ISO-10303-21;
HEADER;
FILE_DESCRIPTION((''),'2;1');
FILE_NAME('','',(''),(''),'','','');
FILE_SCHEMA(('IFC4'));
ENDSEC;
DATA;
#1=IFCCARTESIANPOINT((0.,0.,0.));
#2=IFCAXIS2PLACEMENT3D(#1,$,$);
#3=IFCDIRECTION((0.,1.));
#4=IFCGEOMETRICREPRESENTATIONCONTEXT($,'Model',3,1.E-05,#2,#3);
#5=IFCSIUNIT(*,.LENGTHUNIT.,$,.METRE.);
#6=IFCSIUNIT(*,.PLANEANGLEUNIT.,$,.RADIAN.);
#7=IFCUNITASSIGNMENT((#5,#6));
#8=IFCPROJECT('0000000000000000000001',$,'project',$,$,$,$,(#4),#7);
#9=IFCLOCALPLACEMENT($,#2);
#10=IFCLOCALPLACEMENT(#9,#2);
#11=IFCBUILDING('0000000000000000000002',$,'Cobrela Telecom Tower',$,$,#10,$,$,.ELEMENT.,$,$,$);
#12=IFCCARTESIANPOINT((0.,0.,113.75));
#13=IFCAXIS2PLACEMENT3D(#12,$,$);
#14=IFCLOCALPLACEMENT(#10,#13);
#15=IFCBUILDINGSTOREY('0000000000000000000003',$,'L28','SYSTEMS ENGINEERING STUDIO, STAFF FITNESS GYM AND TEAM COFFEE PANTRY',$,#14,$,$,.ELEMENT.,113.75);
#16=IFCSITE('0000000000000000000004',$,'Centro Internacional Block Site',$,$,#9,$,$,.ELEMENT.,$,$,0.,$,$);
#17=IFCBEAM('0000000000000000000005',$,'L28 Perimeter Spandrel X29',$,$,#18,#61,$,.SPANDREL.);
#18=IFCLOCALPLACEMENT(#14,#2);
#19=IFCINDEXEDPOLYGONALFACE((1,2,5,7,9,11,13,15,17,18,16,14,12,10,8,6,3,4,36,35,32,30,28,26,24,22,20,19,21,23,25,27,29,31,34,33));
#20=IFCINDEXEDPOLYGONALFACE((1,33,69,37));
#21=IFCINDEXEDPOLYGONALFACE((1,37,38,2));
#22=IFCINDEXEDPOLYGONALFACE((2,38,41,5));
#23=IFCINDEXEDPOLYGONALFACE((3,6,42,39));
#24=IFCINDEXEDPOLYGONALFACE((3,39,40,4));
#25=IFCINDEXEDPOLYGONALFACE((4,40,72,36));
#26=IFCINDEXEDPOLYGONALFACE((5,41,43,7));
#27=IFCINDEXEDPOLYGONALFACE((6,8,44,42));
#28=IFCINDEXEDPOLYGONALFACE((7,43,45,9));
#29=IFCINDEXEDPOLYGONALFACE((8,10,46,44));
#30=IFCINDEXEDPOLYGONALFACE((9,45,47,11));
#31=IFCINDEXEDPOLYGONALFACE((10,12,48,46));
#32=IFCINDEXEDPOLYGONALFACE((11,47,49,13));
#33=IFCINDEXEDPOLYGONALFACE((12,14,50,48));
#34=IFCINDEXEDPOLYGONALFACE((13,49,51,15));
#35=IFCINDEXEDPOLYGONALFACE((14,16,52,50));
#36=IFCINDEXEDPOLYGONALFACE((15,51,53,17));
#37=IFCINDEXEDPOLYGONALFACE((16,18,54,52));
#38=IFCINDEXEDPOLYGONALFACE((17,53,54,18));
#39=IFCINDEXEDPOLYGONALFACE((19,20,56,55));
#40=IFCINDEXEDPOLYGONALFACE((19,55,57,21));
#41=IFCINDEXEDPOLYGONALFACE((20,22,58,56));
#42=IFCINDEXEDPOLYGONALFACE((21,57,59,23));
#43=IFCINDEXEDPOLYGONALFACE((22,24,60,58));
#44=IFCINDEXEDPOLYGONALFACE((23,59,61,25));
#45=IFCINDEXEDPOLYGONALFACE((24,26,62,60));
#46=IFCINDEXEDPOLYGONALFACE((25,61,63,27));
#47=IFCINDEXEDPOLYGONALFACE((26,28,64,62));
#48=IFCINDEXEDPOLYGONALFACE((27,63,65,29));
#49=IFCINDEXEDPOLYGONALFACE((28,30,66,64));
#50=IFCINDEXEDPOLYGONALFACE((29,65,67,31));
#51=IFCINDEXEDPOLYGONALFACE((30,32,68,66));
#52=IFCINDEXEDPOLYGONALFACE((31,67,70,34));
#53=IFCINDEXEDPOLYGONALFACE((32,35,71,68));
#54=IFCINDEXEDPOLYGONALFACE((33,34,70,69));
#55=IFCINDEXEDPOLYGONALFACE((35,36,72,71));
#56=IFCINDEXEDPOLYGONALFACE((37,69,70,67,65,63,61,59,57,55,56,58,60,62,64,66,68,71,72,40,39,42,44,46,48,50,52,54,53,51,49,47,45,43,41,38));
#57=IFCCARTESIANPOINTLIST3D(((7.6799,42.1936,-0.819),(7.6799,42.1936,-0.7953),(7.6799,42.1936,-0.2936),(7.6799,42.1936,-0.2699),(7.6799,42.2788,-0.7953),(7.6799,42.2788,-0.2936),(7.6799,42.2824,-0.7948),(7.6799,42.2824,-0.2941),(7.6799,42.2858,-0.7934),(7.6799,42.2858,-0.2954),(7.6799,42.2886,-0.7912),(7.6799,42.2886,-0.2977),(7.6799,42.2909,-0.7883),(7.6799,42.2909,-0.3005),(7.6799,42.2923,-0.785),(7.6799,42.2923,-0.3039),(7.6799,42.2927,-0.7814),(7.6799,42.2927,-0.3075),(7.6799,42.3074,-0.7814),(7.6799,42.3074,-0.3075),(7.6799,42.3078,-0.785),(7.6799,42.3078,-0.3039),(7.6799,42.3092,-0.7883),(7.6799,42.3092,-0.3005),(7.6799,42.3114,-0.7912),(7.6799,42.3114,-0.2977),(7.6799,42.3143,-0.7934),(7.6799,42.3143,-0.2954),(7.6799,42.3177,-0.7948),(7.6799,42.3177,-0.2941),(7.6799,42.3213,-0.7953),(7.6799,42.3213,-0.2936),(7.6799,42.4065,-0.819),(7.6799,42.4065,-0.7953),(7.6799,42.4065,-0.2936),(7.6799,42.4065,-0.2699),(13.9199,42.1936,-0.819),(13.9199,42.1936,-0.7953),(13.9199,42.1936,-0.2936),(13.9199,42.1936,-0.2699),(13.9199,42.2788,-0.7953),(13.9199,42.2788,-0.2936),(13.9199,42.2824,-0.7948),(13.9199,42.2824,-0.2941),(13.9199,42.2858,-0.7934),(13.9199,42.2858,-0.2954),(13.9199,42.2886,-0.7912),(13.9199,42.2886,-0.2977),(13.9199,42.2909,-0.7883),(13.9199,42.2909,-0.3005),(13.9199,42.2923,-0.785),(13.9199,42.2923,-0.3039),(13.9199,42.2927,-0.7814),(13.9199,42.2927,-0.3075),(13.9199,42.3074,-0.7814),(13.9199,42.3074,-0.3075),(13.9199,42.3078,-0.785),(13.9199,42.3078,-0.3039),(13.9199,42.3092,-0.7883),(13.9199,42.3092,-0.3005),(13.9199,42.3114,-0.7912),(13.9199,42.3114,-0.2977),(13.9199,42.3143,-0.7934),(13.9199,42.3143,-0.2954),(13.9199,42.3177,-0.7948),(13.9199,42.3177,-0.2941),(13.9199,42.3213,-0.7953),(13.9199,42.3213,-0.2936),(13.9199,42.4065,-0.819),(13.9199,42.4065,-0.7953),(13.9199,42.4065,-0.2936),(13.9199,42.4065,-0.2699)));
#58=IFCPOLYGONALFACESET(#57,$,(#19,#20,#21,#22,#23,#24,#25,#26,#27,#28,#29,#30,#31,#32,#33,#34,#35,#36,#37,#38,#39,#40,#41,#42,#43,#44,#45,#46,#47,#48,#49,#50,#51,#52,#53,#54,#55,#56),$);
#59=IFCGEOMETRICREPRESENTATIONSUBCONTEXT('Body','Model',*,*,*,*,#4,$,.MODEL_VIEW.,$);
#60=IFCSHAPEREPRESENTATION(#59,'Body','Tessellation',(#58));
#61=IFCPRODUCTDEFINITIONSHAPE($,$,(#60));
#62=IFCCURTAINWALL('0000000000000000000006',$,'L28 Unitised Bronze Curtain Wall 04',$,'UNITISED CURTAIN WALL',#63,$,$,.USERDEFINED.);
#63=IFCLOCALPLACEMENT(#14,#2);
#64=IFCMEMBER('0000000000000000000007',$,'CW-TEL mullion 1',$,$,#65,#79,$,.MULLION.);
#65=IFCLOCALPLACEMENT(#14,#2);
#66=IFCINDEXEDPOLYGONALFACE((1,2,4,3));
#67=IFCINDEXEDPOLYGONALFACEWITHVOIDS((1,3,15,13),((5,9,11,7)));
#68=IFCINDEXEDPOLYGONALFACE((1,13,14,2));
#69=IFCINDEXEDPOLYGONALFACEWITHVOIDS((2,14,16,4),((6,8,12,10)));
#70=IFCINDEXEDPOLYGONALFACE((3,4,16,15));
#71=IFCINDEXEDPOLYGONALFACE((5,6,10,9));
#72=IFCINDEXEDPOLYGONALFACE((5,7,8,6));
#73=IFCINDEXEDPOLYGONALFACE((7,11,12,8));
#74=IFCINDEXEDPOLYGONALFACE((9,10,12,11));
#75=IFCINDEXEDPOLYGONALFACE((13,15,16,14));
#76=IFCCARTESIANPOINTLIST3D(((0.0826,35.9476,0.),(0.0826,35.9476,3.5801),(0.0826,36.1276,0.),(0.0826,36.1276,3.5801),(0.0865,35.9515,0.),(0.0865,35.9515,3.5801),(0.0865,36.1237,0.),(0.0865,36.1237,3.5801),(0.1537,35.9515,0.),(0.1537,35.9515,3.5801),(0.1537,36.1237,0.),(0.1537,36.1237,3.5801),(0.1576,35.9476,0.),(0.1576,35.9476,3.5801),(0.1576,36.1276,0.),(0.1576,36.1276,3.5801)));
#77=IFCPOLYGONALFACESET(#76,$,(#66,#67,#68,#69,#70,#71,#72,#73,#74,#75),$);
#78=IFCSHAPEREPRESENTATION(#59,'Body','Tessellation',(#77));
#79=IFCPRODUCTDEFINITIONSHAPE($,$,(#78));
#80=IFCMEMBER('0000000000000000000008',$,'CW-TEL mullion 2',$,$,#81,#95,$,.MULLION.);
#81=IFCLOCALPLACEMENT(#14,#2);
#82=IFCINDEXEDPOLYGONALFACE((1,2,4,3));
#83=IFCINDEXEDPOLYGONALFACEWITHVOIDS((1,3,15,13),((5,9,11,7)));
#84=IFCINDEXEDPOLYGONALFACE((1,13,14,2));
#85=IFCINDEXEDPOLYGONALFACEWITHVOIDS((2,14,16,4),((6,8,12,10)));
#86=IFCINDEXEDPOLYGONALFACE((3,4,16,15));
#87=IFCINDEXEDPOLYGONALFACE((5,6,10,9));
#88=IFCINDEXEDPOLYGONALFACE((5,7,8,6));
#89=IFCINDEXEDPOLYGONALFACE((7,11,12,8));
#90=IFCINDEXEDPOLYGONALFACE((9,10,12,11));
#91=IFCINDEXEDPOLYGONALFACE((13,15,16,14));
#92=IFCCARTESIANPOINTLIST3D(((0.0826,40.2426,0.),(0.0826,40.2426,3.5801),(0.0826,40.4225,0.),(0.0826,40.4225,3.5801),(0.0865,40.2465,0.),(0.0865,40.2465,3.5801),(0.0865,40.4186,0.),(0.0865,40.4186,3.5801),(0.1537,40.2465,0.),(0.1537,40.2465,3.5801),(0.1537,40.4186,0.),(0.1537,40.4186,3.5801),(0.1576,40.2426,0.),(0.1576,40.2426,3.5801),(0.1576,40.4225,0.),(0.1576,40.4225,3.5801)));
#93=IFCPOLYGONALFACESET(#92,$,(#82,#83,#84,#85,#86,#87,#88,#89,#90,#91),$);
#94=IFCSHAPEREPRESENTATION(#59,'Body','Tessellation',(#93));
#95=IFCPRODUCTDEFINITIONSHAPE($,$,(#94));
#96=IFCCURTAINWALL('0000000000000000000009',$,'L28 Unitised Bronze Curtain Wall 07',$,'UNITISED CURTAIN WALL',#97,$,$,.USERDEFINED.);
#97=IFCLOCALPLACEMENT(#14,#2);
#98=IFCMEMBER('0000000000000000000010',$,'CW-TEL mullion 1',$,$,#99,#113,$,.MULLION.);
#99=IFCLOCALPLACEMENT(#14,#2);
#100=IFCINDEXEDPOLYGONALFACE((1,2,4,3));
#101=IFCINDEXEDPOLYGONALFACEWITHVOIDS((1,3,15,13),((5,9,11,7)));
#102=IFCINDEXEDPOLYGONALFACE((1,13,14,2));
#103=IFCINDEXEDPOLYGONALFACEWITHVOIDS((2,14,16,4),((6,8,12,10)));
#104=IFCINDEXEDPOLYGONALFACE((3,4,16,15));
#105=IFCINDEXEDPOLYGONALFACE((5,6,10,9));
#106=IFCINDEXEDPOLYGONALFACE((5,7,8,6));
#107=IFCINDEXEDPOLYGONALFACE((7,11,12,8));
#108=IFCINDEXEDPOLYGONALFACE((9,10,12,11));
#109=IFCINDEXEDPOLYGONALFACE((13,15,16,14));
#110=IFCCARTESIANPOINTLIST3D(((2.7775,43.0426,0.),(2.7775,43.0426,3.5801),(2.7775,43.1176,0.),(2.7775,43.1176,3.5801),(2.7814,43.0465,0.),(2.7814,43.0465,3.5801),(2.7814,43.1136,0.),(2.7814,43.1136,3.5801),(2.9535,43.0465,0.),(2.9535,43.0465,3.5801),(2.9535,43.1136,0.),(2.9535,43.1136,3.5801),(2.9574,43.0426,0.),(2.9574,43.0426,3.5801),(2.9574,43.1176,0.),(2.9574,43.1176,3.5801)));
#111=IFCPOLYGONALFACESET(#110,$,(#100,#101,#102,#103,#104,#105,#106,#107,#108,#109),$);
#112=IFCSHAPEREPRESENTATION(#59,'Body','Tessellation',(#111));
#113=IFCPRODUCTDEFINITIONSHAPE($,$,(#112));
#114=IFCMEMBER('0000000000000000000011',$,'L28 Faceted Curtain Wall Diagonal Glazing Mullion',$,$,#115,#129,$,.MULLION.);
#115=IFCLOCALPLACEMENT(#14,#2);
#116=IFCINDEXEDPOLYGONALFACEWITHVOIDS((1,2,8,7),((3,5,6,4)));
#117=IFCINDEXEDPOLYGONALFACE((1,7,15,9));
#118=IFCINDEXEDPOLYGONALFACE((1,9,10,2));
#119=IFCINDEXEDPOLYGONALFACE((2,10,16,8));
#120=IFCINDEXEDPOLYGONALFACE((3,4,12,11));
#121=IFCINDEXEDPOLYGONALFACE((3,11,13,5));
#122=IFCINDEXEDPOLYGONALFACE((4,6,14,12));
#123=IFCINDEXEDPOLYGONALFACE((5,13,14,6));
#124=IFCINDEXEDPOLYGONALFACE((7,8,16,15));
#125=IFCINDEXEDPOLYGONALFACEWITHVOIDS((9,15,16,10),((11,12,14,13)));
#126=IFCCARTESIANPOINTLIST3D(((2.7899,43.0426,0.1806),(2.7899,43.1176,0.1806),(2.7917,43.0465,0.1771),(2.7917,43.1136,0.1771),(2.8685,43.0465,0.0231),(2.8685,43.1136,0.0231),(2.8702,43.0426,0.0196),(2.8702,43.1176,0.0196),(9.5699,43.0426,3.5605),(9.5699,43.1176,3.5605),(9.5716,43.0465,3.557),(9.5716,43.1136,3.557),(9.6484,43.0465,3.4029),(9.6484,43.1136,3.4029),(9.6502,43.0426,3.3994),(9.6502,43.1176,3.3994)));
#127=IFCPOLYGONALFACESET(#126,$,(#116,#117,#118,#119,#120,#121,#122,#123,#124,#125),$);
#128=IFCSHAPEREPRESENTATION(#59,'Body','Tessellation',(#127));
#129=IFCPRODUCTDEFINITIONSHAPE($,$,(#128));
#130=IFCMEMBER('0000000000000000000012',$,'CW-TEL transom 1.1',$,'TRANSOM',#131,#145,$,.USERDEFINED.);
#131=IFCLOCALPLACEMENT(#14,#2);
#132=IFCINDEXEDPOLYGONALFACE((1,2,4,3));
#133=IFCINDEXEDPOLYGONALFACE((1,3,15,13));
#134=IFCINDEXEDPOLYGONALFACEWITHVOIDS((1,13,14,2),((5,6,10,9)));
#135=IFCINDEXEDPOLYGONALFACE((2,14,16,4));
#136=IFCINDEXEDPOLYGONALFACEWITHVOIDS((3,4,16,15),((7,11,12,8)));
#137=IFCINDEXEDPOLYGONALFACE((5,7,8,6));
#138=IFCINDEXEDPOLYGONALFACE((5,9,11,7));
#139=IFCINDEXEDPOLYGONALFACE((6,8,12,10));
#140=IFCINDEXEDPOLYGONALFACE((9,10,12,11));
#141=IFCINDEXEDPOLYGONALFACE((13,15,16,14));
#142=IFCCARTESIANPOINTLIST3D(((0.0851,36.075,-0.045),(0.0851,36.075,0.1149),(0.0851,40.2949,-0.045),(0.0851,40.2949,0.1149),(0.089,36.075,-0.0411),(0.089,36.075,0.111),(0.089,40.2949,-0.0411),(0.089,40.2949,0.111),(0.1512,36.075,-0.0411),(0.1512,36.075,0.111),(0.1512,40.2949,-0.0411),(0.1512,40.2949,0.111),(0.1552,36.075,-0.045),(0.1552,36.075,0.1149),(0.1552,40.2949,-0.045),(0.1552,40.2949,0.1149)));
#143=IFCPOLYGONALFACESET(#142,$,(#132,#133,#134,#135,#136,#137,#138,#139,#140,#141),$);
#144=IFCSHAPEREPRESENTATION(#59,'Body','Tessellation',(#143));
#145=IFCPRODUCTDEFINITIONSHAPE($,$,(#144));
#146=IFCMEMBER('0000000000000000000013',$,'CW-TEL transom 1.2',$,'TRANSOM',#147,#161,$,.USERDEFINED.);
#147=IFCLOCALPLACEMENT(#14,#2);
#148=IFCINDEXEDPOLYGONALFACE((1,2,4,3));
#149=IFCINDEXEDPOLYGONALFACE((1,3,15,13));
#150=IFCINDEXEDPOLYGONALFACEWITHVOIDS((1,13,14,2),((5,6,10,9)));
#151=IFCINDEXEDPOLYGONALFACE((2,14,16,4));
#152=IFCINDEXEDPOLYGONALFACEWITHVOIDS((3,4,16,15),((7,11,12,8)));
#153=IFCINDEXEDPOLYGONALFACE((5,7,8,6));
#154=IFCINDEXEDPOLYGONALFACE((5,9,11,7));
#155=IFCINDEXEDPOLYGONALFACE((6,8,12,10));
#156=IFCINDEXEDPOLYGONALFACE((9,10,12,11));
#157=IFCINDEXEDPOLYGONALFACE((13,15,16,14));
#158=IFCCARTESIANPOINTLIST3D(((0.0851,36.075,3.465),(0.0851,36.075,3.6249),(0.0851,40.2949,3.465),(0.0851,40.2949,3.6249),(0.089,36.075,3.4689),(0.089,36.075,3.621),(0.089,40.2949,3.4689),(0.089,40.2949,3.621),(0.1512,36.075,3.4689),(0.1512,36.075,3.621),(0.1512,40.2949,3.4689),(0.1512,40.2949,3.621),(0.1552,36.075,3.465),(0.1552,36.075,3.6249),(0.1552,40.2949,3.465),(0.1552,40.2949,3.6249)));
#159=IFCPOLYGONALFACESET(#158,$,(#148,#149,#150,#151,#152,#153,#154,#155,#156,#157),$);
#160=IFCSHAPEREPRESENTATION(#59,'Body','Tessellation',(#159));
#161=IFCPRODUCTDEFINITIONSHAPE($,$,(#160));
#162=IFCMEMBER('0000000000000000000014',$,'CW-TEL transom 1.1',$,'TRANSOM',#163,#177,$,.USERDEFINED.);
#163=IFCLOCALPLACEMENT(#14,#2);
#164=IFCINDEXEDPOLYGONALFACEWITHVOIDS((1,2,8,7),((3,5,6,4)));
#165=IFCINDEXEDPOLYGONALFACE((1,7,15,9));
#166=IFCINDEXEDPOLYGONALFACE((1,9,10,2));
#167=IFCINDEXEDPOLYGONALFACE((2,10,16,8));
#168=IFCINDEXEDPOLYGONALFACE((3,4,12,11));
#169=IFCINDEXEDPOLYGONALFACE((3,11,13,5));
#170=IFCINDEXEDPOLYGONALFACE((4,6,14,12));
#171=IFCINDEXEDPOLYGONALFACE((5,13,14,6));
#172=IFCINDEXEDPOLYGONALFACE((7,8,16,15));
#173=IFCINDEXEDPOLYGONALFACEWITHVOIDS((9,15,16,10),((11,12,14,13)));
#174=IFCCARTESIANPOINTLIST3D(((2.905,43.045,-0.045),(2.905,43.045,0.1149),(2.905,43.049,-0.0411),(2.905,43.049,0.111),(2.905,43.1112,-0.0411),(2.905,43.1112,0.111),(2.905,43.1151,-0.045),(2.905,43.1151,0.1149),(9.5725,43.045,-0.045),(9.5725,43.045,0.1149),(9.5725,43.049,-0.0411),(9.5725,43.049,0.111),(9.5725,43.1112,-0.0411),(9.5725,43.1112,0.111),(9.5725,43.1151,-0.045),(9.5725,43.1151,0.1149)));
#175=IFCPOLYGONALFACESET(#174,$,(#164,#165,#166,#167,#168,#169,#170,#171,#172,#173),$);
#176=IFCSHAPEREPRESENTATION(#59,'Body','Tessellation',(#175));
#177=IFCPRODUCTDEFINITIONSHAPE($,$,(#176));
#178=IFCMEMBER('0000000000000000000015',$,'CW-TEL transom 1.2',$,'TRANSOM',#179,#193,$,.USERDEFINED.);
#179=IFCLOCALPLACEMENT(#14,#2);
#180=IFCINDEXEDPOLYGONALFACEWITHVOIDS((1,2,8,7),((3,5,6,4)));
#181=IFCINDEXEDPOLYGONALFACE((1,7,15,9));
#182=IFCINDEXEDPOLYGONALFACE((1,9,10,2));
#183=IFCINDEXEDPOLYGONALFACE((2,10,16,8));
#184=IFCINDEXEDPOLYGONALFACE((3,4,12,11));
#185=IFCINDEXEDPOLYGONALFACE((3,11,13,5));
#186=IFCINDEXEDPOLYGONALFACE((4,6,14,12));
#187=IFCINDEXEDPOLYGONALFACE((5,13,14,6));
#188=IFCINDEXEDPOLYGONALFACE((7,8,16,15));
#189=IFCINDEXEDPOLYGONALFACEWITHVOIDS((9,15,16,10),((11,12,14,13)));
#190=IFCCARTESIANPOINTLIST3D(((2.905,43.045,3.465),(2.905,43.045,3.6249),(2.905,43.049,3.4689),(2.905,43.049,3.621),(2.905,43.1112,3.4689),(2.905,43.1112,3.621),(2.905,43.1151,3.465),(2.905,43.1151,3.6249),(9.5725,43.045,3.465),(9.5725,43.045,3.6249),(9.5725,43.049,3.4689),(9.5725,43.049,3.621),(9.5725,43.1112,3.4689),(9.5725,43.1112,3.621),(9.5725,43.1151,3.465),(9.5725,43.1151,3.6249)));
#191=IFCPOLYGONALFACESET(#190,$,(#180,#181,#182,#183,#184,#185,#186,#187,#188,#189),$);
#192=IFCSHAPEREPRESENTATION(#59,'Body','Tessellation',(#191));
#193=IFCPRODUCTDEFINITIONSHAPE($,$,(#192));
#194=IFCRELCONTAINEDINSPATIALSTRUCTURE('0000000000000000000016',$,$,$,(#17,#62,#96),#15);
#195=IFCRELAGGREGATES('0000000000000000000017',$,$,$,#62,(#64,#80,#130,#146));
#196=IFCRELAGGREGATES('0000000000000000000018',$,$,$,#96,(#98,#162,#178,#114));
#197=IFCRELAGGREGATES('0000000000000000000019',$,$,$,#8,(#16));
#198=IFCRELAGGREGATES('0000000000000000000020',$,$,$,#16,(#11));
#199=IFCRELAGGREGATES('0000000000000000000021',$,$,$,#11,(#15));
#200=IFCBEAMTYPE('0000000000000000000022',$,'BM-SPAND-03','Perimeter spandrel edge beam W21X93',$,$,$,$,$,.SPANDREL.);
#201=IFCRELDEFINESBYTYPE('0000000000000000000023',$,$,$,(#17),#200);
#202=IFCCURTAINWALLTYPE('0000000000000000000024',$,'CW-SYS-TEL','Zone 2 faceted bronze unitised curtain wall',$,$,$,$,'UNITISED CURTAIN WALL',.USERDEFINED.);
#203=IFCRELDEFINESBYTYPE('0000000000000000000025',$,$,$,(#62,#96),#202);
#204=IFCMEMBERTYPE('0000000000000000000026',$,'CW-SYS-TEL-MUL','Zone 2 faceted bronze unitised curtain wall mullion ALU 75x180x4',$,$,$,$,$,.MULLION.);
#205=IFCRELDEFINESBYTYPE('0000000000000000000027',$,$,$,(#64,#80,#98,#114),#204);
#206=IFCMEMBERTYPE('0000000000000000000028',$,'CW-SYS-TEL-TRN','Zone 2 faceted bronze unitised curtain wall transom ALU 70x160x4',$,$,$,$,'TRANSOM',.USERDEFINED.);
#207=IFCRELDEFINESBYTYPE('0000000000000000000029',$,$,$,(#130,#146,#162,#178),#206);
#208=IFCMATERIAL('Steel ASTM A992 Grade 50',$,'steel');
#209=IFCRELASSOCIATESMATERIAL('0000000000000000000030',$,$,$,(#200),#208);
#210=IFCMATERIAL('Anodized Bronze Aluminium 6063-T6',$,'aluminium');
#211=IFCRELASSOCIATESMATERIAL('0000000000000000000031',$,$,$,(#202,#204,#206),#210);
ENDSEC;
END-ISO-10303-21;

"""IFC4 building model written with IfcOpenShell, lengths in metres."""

from ifc_helpers import new_model, si_unit, direction, frame, origin, origin_2d, place, context, subcontext, project, spatial, hollow_rectangle, i_section, extrude, material, material_profile, profile_set, type_object, element, aggregate, save


model = new_model("IFC4")

# Units and contexts
model_context = context("Model", 3, precision=1e-05, world=origin(), true_north=direction((0.0, 1.0)))
body_context = subcontext(model_context, "Body", "Model", "MODEL_VIEW")
ifc_project = project(units=[si_unit("LENGTHUNIT", "METRE"), si_unit("PLANEANGLEUNIT", "RADIAN")], contexts=[model_context])

# Site, building, storey
site_placement = place(None, origin())
site = spatial("IfcSite", under=ifc_project, at=site_placement, Name="Centro Internacional Block Site", CompositionType="ELEMENT", RefElevation=0.0)
building_placement = place(site_placement, origin())
building = spatial("IfcBuilding", under=site, at=building_placement, Name="Cobrela Telecom Tower", CompositionType="ELEMENT")
storey_placement = place(building_placement, frame((0.0, 0.0, 113.75)))
storey = spatial("IfcBuildingStorey", under=building, at=storey_placement, Name="L28", Description="SYSTEMS ENGINEERING STUDIO, STAFF FITNESS GYM AND TEAM COFFEE PANTRY", CompositionType="ELEMENT", Elevation=113.75)

# Beam
ifc_material_1 = material(Name="Steel ASTM A992 Grade 50", Category="steel")
ifc_material_profile_1 = material_profile(ifc_material_1, i_section(OverallWidth=0.2129, OverallDepth=0.5491, WebThickness=0.0146, FlangeThickness=0.0237, FilletRadius=0.0139, at=origin_2d()), Name="W21X93")
ifc_profile_set_1 = profile_set([ifc_material_profile_1], Name="Steel ASTM A992 Grade 50")
beam_type_1 = type_object("IfcBeamType", Name="BM-SPAND-03", Description="Perimeter spandrel edge beam W21X93", PredefinedType="SPANDREL", material=ifc_profile_set_1)
beam_1_placement = place(storey_placement, frame((7.6799, 42.3, -0.5444), z_axis=(1.0, 0.0, 0.0), x_axis=(0.0, 1.0, 0.0)))
element("IfcBeam", 1, at=beam_1_placement, inside=storey, type_object=beam_type_1, Name="L28 Perimeter Spandrel X29", PredefinedType="SPANDREL", context=body_context, shape_type="SweptSolid", body=[
    extrude(i_section(OverallWidth=0.2129, OverallDepth=0.5491, WebThickness=0.0146, FlangeThickness=0.0237, FilletRadius=0.0139, at=origin_2d()), origin(), (0.0, 0.0, 1.0), 6.24),
])

# Curtain walls, members
ifc_material_2 = material(Name="Anodized Bronze Aluminium 6063-T6", Category="aluminium")
curtain_wall_type = type_object("IfcCurtainWallType", Name="CW-SYS-TEL", Description="Zone 2 faceted bronze unitised curtain wall", ElementType="UNITISED CURTAIN WALL", PredefinedType="USERDEFINED", material=ifc_material_2)
curtain_wall_1_placement = place(storey_placement, origin())
curtain_wall_1 = element("IfcCurtainWall", 2, at=curtain_wall_1_placement, inside=storey, type_object=curtain_wall_type, Name="L28 Unitised Bronze Curtain Wall 04", ObjectType="UNITISED CURTAIN WALL", PredefinedType="USERDEFINED")
ifc_material_profile_2 = material_profile(ifc_material_2, hollow_rectangle(XDim=0.075, YDim=0.1799, WallThickness=0.0039, at=origin_2d()), Name="ALU 75x180x4")
ifc_profile_set_2 = profile_set([ifc_material_profile_2], Name="Anodized Bronze Aluminium 6063-T6")
member_type_1 = type_object("IfcMemberType", Name="CW-SYS-TEL-MUL", Description="Zone 2 faceted bronze unitised curtain wall mullion ALU 75x180x4", PredefinedType="MULLION", material=ifc_profile_set_2)
member_1_placement = place(storey_placement, frame((0.1201, 36.0376, 0.0), z_axis=(0.0, 0.0, 1.0), x_axis=(-1.0, 0.0, 0.0)))
member_1 = element("IfcMember", 3, at=member_1_placement, type_object=member_type_1, Name="CW-TEL mullion 1", PredefinedType="MULLION", context=body_context, shape_type="SweptSolid", body=[
    extrude(hollow_rectangle(XDim=0.075, YDim=0.1799, WallThickness=0.0039, at=origin_2d()), origin(), (0.0, 0.0, 1.0), 3.5801),
])
member_2_placement = place(storey_placement, frame((0.1201, 40.3325, 0.0), z_axis=(0.0, 0.0, 1.0), x_axis=(-1.0, 0.0, 0.0)))
member_2 = element("IfcMember", 4, at=member_2_placement, type_object=member_type_1, Name="CW-TEL mullion 2", PredefinedType="MULLION", context=body_context, shape_type="SweptSolid", body=[
    extrude(hollow_rectangle(XDim=0.075, YDim=0.1799, WallThickness=0.0039, at=origin_2d()), origin(), (0.0, 0.0, 1.0), 3.5801),
])
curtain_wall_2_placement = place(storey_placement, origin())
curtain_wall_2 = element("IfcCurtainWall", 5, at=curtain_wall_2_placement, inside=storey, type_object=curtain_wall_type, Name="L28 Unitised Bronze Curtain Wall 07", ObjectType="UNITISED CURTAIN WALL", PredefinedType="USERDEFINED")
member_3_placement = place(storey_placement, frame((2.8674, 43.0801, 0.0), z_axis=(0.0, 0.0, 1.0), x_axis=(0.0, 1.0, 0.0)))
member_3 = element("IfcMember", 6, at=member_3_placement, type_object=member_type_1, Name="CW-TEL mullion 1", PredefinedType="MULLION", context=body_context, shape_type="SweptSolid", body=[
    extrude(hollow_rectangle(XDim=0.075, YDim=0.1799, WallThickness=0.0039, at=origin_2d()), origin(), (0.0, 0.0, 1.0), 3.5801),
])
member_4_placement = place(storey_placement, frame((2.8301, 43.0801, 0.1001), z_axis=(0.894962, 0.0, 0.446143), x_axis=(0.0, 1.0, 0.0)))
member_4 = element("IfcMember", 7, at=member_4_placement, type_object=member_type_1, Name="L28 Faceted Curtain Wall Diagonal Glazing Mullion", PredefinedType="MULLION", context=body_context, shape_type="SweptSolid", body=[
    extrude(hollow_rectangle(XDim=0.075, YDim=0.1799, WallThickness=0.0039, at=origin_2d()), origin(), (0.0, 0.0, 1.0), 7.5757),
])

# Members
ifc_material_profile_3 = material_profile(ifc_material_2, hollow_rectangle(XDim=0.0701, YDim=0.1599, WallThickness=0.0039, at=origin_2d()), Name="ALU 70x160x4")
ifc_profile_set_3 = profile_set([ifc_material_profile_3], Name="Anodized Bronze Aluminium 6063-T6")
member_type_2 = type_object("IfcMemberType", Name="CW-SYS-TEL-TRN", Description="Zone 2 faceted bronze unitised curtain wall transom ALU 70x160x4", ElementType="TRANSOM", PredefinedType="USERDEFINED", material=ifc_profile_set_3)
member_5_placement = place(storey_placement, frame((0.1201, 36.075, 0.0349), z_axis=(0.0, 1.0, 0.0), x_axis=(-1.0, 0.0, 0.0)))
member_5 = element("IfcMember", 8, at=member_5_placement, type_object=member_type_2, Name="CW-TEL transom 1.1", ObjectType="TRANSOM", PredefinedType="USERDEFINED", context=body_context, shape_type="SweptSolid", body=[
    extrude(hollow_rectangle(XDim=0.0701, YDim=0.1599, WallThickness=0.0039, at=origin_2d()), origin(), (0.0, 0.0, 1.0), 4.22),
])
member_6_placement = place(storey_placement, frame((0.1201, 36.075, 3.5449), z_axis=(0.0, 1.0, 0.0), x_axis=(-1.0, 0.0, 0.0)))
member_6 = element("IfcMember", 9, at=member_6_placement, type_object=member_type_2, Name="CW-TEL transom 1.2", ObjectType="TRANSOM", PredefinedType="USERDEFINED", context=body_context, shape_type="SweptSolid", body=[
    extrude(hollow_rectangle(XDim=0.0701, YDim=0.1599, WallThickness=0.0039, at=origin_2d()), origin(), (0.0, 0.0, 1.0), 4.22),
])
member_7_placement = place(storey_placement, frame((2.905, 43.0801, 0.0349), z_axis=(1.0, 0.0, 0.0), x_axis=(0.0, 1.0, 0.0)))
member_7 = element("IfcMember", 10, at=member_7_placement, type_object=member_type_2, Name="CW-TEL transom 1.1", ObjectType="TRANSOM", PredefinedType="USERDEFINED", context=body_context, shape_type="SweptSolid", body=[
    extrude(hollow_rectangle(XDim=0.0701, YDim=0.1599, WallThickness=0.0039, at=origin_2d()), origin(), (0.0, 0.0, 1.0), 6.6675),
])
member_8_placement = place(storey_placement, frame((2.905, 43.0801, 3.5449), z_axis=(1.0, 0.0, 0.0), x_axis=(0.0, 1.0, 0.0)))
member_8 = element("IfcMember", 11, at=member_8_placement, type_object=member_type_2, Name="CW-TEL transom 1.2", ObjectType="TRANSOM", PredefinedType="USERDEFINED", context=body_context, shape_type="SweptSolid", body=[
    extrude(hollow_rectangle(XDim=0.0701, YDim=0.1599, WallThickness=0.0039, at=origin_2d()), origin(), (0.0, 0.0, 1.0), 6.6675),
])

aggregate(curtain_wall_1, [member_1, member_2, member_5, member_6])
aggregate(curtain_wall_2, [member_3, member_7, member_8, member_4])

save(model, "model.ifc")
